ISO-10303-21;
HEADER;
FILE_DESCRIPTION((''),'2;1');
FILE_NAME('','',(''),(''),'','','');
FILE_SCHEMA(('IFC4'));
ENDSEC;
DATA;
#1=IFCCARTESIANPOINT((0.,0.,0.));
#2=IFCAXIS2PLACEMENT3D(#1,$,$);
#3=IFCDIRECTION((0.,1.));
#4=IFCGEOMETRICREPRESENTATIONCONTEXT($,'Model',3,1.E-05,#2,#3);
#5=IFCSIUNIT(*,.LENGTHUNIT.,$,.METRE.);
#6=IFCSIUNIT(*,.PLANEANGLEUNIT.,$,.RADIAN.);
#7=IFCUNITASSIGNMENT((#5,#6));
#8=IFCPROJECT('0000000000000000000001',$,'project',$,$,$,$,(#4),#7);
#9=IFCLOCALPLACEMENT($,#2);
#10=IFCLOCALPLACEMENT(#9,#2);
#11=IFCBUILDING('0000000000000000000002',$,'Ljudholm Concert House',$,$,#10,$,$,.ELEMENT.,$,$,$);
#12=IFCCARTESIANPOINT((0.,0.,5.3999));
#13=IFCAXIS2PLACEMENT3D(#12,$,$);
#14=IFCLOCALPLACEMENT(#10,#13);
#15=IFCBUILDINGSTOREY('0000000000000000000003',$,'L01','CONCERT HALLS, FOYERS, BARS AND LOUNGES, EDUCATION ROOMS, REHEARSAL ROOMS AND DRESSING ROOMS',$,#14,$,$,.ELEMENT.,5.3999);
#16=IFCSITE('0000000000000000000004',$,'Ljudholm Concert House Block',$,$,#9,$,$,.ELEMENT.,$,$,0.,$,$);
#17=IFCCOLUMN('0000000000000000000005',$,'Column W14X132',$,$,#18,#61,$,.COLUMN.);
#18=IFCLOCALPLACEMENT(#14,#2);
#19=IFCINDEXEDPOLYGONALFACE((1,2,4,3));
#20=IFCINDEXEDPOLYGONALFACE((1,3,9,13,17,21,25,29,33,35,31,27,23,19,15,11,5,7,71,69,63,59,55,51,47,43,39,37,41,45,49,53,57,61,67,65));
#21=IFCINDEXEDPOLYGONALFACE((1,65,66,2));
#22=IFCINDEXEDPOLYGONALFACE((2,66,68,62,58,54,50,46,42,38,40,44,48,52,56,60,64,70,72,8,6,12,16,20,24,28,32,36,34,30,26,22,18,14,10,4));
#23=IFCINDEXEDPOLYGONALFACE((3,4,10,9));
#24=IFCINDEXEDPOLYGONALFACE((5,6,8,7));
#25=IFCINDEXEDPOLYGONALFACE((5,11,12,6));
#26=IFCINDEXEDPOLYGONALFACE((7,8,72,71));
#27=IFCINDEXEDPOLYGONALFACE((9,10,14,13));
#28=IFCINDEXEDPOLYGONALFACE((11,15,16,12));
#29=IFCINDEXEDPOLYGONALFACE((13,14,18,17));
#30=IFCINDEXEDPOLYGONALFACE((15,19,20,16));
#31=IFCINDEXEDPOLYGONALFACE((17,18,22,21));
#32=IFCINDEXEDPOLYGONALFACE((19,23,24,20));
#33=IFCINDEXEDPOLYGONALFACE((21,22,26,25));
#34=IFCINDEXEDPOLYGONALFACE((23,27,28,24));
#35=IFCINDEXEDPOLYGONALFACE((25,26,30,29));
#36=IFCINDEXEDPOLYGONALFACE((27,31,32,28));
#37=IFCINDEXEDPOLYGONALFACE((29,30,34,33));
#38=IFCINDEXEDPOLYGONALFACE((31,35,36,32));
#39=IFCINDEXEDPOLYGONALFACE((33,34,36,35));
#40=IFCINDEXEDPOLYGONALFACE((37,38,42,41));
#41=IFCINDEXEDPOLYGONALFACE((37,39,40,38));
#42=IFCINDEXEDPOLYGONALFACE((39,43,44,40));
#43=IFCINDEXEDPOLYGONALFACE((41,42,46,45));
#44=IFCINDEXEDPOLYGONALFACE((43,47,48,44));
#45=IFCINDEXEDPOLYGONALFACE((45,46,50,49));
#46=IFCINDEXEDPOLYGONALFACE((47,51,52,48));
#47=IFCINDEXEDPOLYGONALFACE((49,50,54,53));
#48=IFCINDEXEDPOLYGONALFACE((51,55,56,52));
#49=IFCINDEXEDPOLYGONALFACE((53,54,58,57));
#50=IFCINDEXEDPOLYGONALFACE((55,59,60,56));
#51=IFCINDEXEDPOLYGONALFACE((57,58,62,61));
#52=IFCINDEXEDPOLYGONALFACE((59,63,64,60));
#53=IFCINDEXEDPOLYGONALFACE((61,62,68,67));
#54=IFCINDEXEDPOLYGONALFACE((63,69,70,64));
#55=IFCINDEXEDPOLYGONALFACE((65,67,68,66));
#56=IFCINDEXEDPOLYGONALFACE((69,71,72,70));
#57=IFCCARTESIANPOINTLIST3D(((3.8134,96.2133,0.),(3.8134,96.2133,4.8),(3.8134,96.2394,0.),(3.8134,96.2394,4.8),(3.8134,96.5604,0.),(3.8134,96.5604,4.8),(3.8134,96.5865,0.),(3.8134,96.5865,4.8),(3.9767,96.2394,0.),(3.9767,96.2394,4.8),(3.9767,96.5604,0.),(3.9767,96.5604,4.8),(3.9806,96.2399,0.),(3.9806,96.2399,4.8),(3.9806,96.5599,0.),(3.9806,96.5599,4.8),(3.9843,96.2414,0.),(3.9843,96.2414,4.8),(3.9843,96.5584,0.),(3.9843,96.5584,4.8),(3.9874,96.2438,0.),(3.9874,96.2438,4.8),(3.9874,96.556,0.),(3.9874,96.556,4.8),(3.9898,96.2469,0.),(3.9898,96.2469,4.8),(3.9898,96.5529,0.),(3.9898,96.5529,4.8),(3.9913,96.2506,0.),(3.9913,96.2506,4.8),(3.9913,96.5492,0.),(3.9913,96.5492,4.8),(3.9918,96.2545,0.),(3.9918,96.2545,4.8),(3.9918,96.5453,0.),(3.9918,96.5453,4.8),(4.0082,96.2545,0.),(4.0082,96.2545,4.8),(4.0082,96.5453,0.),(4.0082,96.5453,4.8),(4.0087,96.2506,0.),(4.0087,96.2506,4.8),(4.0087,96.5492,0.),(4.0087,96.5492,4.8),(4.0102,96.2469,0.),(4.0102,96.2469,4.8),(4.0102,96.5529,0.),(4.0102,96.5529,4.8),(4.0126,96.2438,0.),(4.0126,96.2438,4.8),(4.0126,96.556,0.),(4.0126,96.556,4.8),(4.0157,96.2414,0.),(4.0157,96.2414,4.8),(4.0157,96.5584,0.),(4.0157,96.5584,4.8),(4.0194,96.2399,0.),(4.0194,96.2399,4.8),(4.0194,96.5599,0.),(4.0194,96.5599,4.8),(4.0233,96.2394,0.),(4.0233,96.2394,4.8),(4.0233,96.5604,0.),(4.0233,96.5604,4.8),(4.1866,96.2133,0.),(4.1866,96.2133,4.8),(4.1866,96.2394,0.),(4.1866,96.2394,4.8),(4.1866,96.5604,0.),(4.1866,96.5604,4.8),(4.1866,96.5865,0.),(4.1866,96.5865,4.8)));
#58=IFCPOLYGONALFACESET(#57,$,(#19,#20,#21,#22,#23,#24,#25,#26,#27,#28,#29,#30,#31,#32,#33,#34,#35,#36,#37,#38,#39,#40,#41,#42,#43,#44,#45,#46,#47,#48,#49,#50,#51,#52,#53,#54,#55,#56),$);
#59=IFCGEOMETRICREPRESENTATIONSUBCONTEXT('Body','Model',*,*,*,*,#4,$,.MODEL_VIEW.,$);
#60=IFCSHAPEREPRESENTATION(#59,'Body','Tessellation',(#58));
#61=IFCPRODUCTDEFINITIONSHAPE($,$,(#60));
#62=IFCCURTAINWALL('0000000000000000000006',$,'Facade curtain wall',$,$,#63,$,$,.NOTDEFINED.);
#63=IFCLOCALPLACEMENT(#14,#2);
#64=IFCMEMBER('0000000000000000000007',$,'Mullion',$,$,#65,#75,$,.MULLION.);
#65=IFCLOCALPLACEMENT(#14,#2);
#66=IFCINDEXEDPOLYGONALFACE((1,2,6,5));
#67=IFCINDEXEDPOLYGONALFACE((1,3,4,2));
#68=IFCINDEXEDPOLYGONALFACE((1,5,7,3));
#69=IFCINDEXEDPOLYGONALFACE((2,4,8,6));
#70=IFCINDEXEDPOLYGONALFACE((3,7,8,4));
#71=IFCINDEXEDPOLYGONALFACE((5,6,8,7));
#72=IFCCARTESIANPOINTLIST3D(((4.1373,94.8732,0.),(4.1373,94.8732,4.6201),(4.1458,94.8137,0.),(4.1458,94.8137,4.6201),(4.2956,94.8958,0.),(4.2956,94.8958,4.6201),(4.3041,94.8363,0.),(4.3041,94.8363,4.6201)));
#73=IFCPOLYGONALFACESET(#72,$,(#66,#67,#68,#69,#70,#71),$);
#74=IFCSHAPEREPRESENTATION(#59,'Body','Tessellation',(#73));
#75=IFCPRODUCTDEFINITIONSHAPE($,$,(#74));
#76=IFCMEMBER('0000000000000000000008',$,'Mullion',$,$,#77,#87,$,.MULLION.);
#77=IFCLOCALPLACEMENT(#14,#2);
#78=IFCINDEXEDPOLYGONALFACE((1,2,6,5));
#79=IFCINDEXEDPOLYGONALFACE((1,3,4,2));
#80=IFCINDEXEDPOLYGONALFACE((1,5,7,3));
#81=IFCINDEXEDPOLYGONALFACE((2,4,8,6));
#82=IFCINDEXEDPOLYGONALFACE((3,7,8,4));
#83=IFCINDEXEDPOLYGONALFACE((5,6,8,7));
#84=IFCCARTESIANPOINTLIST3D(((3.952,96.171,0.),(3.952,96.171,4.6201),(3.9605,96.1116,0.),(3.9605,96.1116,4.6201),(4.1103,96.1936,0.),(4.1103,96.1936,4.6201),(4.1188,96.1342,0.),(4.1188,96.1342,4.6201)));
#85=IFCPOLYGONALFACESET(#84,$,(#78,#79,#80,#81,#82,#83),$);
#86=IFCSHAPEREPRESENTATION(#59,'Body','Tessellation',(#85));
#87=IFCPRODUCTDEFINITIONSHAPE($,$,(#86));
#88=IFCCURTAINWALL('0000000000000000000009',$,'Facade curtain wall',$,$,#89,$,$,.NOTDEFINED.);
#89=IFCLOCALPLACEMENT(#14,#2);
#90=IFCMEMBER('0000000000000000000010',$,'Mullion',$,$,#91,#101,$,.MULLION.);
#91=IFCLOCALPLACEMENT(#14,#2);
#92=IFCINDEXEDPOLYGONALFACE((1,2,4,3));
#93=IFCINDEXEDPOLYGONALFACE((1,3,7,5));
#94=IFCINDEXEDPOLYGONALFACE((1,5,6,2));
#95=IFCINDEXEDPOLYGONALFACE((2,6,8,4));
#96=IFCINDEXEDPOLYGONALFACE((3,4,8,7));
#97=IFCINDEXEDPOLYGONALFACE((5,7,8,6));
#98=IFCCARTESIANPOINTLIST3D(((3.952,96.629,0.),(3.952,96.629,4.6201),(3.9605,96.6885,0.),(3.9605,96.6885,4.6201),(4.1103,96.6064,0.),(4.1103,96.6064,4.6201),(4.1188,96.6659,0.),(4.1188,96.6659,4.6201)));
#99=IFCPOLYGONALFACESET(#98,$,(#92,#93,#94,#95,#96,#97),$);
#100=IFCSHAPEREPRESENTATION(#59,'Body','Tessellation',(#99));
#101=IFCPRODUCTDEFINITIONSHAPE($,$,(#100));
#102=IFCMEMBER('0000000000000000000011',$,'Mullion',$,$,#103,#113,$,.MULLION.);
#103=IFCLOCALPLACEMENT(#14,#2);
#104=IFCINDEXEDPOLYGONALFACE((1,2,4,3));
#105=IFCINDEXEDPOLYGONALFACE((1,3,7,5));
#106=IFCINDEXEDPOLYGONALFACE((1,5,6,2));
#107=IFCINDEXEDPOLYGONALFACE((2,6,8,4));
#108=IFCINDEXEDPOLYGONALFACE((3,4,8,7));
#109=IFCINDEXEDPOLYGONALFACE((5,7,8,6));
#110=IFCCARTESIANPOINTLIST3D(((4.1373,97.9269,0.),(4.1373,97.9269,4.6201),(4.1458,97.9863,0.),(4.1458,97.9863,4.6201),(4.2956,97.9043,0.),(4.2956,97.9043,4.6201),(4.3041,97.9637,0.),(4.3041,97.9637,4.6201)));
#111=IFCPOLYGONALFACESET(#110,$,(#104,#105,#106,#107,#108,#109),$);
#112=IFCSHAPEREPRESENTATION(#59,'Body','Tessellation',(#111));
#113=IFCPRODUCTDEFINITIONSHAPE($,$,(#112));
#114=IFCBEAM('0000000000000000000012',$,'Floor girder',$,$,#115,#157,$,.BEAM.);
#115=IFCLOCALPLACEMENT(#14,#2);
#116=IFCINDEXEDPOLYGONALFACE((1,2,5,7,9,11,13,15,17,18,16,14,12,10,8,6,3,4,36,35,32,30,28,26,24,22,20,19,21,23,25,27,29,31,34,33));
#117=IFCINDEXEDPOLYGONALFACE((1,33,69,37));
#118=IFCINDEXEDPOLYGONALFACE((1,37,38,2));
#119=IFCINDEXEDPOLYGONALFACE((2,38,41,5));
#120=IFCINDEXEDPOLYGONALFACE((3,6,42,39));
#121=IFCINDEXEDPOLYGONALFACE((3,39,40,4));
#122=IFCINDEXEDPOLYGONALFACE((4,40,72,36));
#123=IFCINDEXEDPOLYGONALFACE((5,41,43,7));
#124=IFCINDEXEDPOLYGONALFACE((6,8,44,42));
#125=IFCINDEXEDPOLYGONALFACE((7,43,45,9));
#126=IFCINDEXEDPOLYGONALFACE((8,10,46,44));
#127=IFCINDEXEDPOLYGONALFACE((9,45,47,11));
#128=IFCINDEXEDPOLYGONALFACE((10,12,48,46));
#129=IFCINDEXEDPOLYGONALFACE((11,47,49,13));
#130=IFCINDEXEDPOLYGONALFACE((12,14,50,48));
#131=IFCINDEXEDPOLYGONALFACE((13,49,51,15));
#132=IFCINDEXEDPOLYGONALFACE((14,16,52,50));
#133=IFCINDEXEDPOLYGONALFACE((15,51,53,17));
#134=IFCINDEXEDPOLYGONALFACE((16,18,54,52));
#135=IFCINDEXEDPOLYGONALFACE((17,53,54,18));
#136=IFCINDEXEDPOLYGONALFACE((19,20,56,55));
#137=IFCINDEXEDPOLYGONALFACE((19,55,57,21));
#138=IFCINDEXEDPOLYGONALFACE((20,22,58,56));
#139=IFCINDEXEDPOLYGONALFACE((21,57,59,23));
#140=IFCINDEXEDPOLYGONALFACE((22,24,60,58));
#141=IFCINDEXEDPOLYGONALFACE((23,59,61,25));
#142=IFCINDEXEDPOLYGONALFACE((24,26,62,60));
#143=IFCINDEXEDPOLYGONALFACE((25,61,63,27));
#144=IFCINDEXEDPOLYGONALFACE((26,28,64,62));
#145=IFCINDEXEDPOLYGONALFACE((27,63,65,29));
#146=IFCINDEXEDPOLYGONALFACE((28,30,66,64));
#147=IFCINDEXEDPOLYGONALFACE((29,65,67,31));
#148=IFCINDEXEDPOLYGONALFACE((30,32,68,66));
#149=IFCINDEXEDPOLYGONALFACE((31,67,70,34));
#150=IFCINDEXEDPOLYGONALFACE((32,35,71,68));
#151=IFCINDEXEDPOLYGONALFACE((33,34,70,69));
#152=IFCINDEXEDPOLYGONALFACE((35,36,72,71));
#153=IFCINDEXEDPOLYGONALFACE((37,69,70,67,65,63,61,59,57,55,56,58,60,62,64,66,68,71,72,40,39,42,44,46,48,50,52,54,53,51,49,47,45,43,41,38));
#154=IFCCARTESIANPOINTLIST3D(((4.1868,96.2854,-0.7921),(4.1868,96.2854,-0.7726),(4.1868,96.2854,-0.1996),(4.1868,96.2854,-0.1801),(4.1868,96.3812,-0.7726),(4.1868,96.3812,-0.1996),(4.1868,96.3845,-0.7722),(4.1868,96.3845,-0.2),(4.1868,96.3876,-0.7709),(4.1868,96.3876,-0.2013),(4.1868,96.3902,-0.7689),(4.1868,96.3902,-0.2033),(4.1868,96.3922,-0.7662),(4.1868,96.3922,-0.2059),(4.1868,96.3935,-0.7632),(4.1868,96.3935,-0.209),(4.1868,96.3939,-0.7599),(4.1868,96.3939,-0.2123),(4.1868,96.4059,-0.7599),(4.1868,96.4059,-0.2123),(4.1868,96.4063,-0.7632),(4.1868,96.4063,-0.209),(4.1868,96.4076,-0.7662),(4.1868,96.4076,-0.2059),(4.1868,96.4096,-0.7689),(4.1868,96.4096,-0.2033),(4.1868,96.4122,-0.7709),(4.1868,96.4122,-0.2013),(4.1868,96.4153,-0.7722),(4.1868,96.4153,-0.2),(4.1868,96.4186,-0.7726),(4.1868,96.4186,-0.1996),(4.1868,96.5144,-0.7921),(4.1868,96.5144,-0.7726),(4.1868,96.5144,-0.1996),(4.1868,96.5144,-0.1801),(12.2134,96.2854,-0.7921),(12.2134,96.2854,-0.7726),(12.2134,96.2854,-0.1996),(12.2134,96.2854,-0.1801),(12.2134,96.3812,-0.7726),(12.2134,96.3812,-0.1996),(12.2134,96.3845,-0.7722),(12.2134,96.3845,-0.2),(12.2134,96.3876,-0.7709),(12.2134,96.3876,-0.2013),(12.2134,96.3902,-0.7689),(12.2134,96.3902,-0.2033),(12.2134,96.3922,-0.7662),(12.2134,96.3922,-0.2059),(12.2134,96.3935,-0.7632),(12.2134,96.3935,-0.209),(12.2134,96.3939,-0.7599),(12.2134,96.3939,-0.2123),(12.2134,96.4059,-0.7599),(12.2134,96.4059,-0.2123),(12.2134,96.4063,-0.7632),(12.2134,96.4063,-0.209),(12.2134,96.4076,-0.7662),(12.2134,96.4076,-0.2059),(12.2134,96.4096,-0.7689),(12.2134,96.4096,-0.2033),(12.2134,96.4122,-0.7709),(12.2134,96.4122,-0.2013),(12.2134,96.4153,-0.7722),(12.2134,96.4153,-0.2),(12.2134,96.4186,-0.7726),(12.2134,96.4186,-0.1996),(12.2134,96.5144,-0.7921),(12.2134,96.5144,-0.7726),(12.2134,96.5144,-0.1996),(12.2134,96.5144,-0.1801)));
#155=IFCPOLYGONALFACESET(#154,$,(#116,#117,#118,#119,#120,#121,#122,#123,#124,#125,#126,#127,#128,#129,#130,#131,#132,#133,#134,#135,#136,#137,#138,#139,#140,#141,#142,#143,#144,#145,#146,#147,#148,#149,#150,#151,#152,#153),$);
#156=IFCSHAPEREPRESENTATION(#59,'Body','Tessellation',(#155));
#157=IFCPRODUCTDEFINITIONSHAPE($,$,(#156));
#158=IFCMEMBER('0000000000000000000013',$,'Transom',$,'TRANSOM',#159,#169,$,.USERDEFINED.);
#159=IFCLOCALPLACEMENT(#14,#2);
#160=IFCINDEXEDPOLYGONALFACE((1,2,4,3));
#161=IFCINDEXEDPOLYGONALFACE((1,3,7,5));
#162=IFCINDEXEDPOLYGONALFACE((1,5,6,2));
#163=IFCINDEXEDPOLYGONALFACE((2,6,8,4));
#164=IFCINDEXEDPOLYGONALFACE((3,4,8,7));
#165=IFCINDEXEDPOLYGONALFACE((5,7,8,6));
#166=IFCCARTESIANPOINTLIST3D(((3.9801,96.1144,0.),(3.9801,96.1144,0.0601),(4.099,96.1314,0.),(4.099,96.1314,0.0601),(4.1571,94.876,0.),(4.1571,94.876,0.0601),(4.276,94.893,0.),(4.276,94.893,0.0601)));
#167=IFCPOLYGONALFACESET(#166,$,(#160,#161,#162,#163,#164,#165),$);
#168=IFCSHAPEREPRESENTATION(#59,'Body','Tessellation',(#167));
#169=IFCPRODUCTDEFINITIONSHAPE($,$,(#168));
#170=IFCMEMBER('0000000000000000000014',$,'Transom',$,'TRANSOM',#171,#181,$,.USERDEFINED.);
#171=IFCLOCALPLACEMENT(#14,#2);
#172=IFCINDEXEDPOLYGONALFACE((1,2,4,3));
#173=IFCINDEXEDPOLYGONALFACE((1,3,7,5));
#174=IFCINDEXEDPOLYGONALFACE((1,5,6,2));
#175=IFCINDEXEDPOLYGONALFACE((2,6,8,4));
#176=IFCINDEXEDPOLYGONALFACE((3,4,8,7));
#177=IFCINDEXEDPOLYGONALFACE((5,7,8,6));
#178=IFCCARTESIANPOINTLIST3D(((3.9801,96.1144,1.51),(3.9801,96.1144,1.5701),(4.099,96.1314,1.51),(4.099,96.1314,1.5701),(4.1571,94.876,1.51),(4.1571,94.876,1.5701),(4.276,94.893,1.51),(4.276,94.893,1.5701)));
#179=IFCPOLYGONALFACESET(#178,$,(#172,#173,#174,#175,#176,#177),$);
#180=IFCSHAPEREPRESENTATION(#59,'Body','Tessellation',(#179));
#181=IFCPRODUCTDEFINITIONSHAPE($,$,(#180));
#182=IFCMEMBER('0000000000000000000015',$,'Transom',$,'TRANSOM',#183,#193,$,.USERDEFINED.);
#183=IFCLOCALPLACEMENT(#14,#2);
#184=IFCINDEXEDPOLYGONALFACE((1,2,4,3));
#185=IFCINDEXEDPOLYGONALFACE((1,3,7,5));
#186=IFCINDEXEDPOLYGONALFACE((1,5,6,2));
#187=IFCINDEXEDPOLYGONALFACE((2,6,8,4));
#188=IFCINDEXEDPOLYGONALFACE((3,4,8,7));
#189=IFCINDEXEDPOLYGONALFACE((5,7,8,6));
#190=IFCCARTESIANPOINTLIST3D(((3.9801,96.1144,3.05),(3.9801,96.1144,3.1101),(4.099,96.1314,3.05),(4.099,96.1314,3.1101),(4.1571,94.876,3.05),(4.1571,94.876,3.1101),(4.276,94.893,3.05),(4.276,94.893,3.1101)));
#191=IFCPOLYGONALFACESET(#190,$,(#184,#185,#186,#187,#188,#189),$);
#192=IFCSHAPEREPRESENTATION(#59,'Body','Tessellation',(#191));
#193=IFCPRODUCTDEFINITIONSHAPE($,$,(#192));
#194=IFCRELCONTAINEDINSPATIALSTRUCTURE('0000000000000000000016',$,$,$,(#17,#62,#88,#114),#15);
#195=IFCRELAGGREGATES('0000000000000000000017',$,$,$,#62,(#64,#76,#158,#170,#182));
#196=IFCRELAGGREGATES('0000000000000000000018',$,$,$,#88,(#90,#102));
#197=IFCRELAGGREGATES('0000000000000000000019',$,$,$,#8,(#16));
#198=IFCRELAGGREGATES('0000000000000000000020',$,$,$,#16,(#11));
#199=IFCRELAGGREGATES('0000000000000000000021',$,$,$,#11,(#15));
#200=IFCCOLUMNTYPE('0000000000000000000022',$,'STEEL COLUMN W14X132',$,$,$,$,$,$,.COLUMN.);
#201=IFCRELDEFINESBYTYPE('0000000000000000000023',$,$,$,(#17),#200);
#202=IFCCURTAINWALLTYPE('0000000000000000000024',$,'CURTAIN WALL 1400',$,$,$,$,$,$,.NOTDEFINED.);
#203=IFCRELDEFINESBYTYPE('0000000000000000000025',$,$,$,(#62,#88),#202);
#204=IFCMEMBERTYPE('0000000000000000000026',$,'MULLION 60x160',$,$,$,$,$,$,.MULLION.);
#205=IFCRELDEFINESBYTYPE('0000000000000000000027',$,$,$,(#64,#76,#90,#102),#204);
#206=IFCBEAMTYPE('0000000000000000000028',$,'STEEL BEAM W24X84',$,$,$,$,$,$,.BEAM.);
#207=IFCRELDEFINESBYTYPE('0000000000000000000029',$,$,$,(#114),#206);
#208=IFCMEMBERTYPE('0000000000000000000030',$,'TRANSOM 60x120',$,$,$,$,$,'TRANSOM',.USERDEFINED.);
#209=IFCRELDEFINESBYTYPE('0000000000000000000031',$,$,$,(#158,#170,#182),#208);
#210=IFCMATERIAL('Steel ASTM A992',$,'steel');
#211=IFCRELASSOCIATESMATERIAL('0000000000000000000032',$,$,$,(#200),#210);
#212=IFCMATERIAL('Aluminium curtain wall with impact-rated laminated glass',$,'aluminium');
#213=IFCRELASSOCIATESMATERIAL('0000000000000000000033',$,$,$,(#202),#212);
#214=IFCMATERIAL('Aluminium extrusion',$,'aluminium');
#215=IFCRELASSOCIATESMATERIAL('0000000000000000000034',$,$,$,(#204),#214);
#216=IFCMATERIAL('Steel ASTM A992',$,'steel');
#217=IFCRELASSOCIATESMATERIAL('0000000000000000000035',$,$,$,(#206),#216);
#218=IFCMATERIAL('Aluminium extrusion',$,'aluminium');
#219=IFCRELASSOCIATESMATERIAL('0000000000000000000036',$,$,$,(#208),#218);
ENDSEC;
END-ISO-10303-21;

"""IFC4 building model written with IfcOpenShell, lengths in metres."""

from ifc_helpers import new_model, si_unit, direction, frame, origin, origin_2d, place, context, subcontext, project, spatial, rectangle, i_section, extrude, material, material_profile, profile_set, type_object, element, aggregate, save


model = new_model("IFC4")

# Units and contexts
model_context = context("Model", 3, precision=1e-05, world=origin(), true_north=direction((0.0, 1.0)))
body_context = subcontext(model_context, "Body", "Model", "MODEL_VIEW")
ifc_project = project(units=[si_unit("LENGTHUNIT", "METRE"), si_unit("PLANEANGLEUNIT", "RADIAN")], contexts=[model_context])

# Site, building, storey
site_placement = place(None, origin())
site = spatial("IfcSite", under=ifc_project, at=site_placement, Name="Ljudholm Concert House Block", CompositionType="ELEMENT", RefElevation=0.0)
building_placement = place(site_placement, origin())
building = spatial("IfcBuilding", under=site, at=building_placement, Name="Ljudholm Concert House", CompositionType="ELEMENT")
storey_placement = place(building_placement, frame((0.0, 0.0, 5.3999)))
storey = spatial("IfcBuildingStorey", under=building, at=storey_placement, Name="L01", Description="CONCERT HALLS, FOYERS, BARS AND LOUNGES, EDUCATION ROOMS, REHEARSAL ROOMS AND DRESSING ROOMS", CompositionType="ELEMENT", Elevation=5.3999)

# Column
ifc_material_1 = material(Name="Steel ASTM A992", Category="steel")
ifc_material_profile_1 = material_profile(ifc_material_1, i_section(OverallWidth=0.3733, OverallDepth=0.3733, WebThickness=0.0164, FlangeThickness=0.0261, FilletRadius=0.0151, at=origin_2d()), Name="W14X132")
ifc_profile_set_1 = profile_set([ifc_material_profile_1], Name="Steel ASTM A992")
column_type = type_object("IfcColumnType", Name="STEEL COLUMN W14X132", PredefinedType="COLUMN", material=ifc_profile_set_1)
column_placement = place(storey_placement, frame((4.0, 96.3999, 0.0), z_axis=(0.0, 0.0, 1.0), x_axis=(1.0, 0.0, 0.0)))
element("IfcColumn", 1, at=column_placement, inside=storey, type_object=column_type, Name="Column W14X132", PredefinedType="COLUMN", context=body_context, shape_type="SweptSolid", body=[
    extrude(i_section(OverallWidth=0.3733, OverallDepth=0.3733, WebThickness=0.0164, FlangeThickness=0.0261, FilletRadius=0.0151, at=origin_2d()), origin(), (0.0, 0.0, 1.0), 4.8),
])

# Curtain walls, members
ifc_material_2 = material(Name="Aluminium curtain wall with impact-rated laminated glass", Category="aluminium")
curtain_wall_type = type_object("IfcCurtainWallType", Name="CURTAIN WALL 1400", PredefinedType="NOTDEFINED", material=ifc_material_2)
curtain_wall_1_placement = place(storey_placement, origin())
curtain_wall_1 = element("IfcCurtainWall", 2, at=curtain_wall_1_placement, inside=storey, type_object=curtain_wall_type, Name="Facade curtain wall", PredefinedType="NOTDEFINED")
ifc_material_3 = material(Name="Aluminium extrusion", Category="aluminium")
ifc_material_profile_2 = material_profile(ifc_material_3, rectangle(XDim=0.1599, YDim=0.0601, at=origin_2d()), Name="MULLION 60x160")
ifc_profile_set_2 = profile_set([ifc_material_profile_2], Name="Aluminium extrusion")
member_type_1 = type_object("IfcMemberType", Name="MULLION 60x160", PredefinedType="MULLION", material=ifc_profile_set_2)
member_1_placement = place(storey_placement, frame((4.2207, 94.8547, 0.0), z_axis=(0.0, 0.0, 1.0), x_axis=(-0.989949, -0.141421, 0.0)))
member_1 = element("IfcMember", 3, at=member_1_placement, type_object=member_type_1, Name="Mullion", PredefinedType="MULLION", context=body_context, shape_type="SweptSolid", body=[
    extrude(rectangle(XDim=0.1599, YDim=0.0601, at=origin_2d()), origin(), (0.0, 0.0, 1.0), 4.6201),
])
member_2_placement = place(storey_placement, frame((4.0354, 96.1526, 0.0), z_axis=(0.0, 0.0, 1.0), x_axis=(-0.989949, -0.141421, 0.0)))
member_2 = element("IfcMember", 4, at=member_2_placement, type_object=member_type_1, Name="Mullion", PredefinedType="MULLION", context=body_context, shape_type="SweptSolid", body=[
    extrude(rectangle(XDim=0.1599, YDim=0.0601, at=origin_2d()), origin(), (0.0, 0.0, 1.0), 4.6201),
])
curtain_wall_2_placement = place(storey_placement, origin())
curtain_wall_2 = element("IfcCurtainWall", 5, at=curtain_wall_2_placement, inside=storey, type_object=curtain_wall_type, Name="Facade curtain wall", PredefinedType="NOTDEFINED")
member_3_placement = place(storey_placement, frame((4.0354, 96.6475, 0.0), z_axis=(0.0, 0.0, 1.0), x_axis=(-0.989949, 0.141421, 0.0)))
member_3 = element("IfcMember", 6, at=member_3_placement, type_object=member_type_1, Name="Mullion", PredefinedType="MULLION", context=body_context, shape_type="SweptSolid", body=[
    extrude(rectangle(XDim=0.1599, YDim=0.0601, at=origin_2d()), origin(), (0.0, 0.0, 1.0), 4.6201),
])
member_4_placement = place(storey_placement, frame((4.2207, 97.9453, 0.0), z_axis=(0.0, 0.0, 1.0), x_axis=(-0.989949, 0.141421, 0.0)))
member_4 = element("IfcMember", 7, at=member_4_placement, type_object=member_type_1, Name="Mullion", PredefinedType="MULLION", context=body_context, shape_type="SweptSolid", body=[
    extrude(rectangle(XDim=0.1599, YDim=0.0601, at=origin_2d()), origin(), (0.0, 0.0, 1.0), 4.6201),
])

# Beam
ifc_material_4 = material(Name="Steel ASTM A992", Category="steel")
ifc_material_profile_3 = material_profile(ifc_material_4, i_section(OverallWidth=0.229, OverallDepth=0.6121, WebThickness=0.012, FlangeThickness=0.0195, FilletRadius=0.0127, at=origin_2d()), Name="W24X84")
ifc_profile_set_3 = profile_set([ifc_material_profile_3], Name="Steel ASTM A992")
beam_type = type_object("IfcBeamType", Name="STEEL BEAM W24X84", PredefinedType="BEAM", material=ifc_profile_set_3)
beam_placement = place(storey_placement, frame((4.1868, 96.3999, -0.4861), z_axis=(1.0, 0.0, 0.0), x_axis=(0.0, 1.0, 0.0)))
element("IfcBeam", 8, at=beam_placement, inside=storey, type_object=beam_type, Name="Floor girder", PredefinedType="BEAM", context=body_context, shape_type="SweptSolid", body=[
    extrude(i_section(OverallWidth=0.229, OverallDepth=0.6121, WebThickness=0.012, FlangeThickness=0.0195, FilletRadius=0.0127, at=origin_2d()), origin(), (0.0, 0.0, 1.0), 8.0266),
])

# Members
ifc_material_5 = material(Name="Aluminium extrusion", Category="aluminium")
ifc_material_profile_4 = material_profile(ifc_material_5, rectangle(XDim=0.1201, YDim=0.0601, at=origin_2d()), Name="TRANSOM 60x120")
ifc_profile_set_4 = profile_set([ifc_material_profile_4], Name="Aluminium extrusion")
member_type_2 = type_object("IfcMemberType", Name="TRANSOM 60x120", ElementType="TRANSOM", PredefinedType="USERDEFINED", material=ifc_profile_set_4)
member_5_placement = place(storey_placement, frame((4.2166, 94.8845, 0.03), z_axis=(-0.141503, 0.989938, 0.0), x_axis=(-0.989938, -0.141503, 0.0)))
member_5 = element("IfcMember", 9, at=member_5_placement, type_object=member_type_2, Name="Transom", ObjectType="TRANSOM", PredefinedType="USERDEFINED", context=body_context, shape_type="SweptSolid", body=[
    extrude(rectangle(XDim=0.1201, YDim=0.0601, at=origin_2d()), origin(), (0.0, 0.0, 1.0), 1.251),
])
member_6_placement = place(storey_placement, frame((4.2166, 94.8845, 1.54), z_axis=(-0.141503, 0.989938, 0.0), x_axis=(-0.989938, -0.141503, 0.0)))
member_6 = element("IfcMember", 10, at=member_6_placement, type_object=member_type_2, Name="Transom", ObjectType="TRANSOM", PredefinedType="USERDEFINED", context=body_context, shape_type="SweptSolid", body=[
    extrude(rectangle(XDim=0.1201, YDim=0.0601, at=origin_2d()), origin(), (0.0, 0.0, 1.0), 1.251),
])
member_7_placement = place(storey_placement, frame((4.2166, 94.8845, 3.0801), z_axis=(-0.141503, 0.989938, 0.0), x_axis=(-0.989938, -0.141503, 0.0)))
member_7 = element("IfcMember", 11, at=member_7_placement, type_object=member_type_2, Name="Transom", ObjectType="TRANSOM", PredefinedType="USERDEFINED", context=body_context, shape_type="SweptSolid", body=[
    extrude(rectangle(XDim=0.1201, YDim=0.0601, at=origin_2d()), origin(), (0.0, 0.0, 1.0), 1.251),
])

aggregate(curtain_wall_1, [member_1, member_2, member_5, member_6, member_7])
aggregate(curtain_wall_2, [member_3, member_4])

save(model, "model.ifc")
